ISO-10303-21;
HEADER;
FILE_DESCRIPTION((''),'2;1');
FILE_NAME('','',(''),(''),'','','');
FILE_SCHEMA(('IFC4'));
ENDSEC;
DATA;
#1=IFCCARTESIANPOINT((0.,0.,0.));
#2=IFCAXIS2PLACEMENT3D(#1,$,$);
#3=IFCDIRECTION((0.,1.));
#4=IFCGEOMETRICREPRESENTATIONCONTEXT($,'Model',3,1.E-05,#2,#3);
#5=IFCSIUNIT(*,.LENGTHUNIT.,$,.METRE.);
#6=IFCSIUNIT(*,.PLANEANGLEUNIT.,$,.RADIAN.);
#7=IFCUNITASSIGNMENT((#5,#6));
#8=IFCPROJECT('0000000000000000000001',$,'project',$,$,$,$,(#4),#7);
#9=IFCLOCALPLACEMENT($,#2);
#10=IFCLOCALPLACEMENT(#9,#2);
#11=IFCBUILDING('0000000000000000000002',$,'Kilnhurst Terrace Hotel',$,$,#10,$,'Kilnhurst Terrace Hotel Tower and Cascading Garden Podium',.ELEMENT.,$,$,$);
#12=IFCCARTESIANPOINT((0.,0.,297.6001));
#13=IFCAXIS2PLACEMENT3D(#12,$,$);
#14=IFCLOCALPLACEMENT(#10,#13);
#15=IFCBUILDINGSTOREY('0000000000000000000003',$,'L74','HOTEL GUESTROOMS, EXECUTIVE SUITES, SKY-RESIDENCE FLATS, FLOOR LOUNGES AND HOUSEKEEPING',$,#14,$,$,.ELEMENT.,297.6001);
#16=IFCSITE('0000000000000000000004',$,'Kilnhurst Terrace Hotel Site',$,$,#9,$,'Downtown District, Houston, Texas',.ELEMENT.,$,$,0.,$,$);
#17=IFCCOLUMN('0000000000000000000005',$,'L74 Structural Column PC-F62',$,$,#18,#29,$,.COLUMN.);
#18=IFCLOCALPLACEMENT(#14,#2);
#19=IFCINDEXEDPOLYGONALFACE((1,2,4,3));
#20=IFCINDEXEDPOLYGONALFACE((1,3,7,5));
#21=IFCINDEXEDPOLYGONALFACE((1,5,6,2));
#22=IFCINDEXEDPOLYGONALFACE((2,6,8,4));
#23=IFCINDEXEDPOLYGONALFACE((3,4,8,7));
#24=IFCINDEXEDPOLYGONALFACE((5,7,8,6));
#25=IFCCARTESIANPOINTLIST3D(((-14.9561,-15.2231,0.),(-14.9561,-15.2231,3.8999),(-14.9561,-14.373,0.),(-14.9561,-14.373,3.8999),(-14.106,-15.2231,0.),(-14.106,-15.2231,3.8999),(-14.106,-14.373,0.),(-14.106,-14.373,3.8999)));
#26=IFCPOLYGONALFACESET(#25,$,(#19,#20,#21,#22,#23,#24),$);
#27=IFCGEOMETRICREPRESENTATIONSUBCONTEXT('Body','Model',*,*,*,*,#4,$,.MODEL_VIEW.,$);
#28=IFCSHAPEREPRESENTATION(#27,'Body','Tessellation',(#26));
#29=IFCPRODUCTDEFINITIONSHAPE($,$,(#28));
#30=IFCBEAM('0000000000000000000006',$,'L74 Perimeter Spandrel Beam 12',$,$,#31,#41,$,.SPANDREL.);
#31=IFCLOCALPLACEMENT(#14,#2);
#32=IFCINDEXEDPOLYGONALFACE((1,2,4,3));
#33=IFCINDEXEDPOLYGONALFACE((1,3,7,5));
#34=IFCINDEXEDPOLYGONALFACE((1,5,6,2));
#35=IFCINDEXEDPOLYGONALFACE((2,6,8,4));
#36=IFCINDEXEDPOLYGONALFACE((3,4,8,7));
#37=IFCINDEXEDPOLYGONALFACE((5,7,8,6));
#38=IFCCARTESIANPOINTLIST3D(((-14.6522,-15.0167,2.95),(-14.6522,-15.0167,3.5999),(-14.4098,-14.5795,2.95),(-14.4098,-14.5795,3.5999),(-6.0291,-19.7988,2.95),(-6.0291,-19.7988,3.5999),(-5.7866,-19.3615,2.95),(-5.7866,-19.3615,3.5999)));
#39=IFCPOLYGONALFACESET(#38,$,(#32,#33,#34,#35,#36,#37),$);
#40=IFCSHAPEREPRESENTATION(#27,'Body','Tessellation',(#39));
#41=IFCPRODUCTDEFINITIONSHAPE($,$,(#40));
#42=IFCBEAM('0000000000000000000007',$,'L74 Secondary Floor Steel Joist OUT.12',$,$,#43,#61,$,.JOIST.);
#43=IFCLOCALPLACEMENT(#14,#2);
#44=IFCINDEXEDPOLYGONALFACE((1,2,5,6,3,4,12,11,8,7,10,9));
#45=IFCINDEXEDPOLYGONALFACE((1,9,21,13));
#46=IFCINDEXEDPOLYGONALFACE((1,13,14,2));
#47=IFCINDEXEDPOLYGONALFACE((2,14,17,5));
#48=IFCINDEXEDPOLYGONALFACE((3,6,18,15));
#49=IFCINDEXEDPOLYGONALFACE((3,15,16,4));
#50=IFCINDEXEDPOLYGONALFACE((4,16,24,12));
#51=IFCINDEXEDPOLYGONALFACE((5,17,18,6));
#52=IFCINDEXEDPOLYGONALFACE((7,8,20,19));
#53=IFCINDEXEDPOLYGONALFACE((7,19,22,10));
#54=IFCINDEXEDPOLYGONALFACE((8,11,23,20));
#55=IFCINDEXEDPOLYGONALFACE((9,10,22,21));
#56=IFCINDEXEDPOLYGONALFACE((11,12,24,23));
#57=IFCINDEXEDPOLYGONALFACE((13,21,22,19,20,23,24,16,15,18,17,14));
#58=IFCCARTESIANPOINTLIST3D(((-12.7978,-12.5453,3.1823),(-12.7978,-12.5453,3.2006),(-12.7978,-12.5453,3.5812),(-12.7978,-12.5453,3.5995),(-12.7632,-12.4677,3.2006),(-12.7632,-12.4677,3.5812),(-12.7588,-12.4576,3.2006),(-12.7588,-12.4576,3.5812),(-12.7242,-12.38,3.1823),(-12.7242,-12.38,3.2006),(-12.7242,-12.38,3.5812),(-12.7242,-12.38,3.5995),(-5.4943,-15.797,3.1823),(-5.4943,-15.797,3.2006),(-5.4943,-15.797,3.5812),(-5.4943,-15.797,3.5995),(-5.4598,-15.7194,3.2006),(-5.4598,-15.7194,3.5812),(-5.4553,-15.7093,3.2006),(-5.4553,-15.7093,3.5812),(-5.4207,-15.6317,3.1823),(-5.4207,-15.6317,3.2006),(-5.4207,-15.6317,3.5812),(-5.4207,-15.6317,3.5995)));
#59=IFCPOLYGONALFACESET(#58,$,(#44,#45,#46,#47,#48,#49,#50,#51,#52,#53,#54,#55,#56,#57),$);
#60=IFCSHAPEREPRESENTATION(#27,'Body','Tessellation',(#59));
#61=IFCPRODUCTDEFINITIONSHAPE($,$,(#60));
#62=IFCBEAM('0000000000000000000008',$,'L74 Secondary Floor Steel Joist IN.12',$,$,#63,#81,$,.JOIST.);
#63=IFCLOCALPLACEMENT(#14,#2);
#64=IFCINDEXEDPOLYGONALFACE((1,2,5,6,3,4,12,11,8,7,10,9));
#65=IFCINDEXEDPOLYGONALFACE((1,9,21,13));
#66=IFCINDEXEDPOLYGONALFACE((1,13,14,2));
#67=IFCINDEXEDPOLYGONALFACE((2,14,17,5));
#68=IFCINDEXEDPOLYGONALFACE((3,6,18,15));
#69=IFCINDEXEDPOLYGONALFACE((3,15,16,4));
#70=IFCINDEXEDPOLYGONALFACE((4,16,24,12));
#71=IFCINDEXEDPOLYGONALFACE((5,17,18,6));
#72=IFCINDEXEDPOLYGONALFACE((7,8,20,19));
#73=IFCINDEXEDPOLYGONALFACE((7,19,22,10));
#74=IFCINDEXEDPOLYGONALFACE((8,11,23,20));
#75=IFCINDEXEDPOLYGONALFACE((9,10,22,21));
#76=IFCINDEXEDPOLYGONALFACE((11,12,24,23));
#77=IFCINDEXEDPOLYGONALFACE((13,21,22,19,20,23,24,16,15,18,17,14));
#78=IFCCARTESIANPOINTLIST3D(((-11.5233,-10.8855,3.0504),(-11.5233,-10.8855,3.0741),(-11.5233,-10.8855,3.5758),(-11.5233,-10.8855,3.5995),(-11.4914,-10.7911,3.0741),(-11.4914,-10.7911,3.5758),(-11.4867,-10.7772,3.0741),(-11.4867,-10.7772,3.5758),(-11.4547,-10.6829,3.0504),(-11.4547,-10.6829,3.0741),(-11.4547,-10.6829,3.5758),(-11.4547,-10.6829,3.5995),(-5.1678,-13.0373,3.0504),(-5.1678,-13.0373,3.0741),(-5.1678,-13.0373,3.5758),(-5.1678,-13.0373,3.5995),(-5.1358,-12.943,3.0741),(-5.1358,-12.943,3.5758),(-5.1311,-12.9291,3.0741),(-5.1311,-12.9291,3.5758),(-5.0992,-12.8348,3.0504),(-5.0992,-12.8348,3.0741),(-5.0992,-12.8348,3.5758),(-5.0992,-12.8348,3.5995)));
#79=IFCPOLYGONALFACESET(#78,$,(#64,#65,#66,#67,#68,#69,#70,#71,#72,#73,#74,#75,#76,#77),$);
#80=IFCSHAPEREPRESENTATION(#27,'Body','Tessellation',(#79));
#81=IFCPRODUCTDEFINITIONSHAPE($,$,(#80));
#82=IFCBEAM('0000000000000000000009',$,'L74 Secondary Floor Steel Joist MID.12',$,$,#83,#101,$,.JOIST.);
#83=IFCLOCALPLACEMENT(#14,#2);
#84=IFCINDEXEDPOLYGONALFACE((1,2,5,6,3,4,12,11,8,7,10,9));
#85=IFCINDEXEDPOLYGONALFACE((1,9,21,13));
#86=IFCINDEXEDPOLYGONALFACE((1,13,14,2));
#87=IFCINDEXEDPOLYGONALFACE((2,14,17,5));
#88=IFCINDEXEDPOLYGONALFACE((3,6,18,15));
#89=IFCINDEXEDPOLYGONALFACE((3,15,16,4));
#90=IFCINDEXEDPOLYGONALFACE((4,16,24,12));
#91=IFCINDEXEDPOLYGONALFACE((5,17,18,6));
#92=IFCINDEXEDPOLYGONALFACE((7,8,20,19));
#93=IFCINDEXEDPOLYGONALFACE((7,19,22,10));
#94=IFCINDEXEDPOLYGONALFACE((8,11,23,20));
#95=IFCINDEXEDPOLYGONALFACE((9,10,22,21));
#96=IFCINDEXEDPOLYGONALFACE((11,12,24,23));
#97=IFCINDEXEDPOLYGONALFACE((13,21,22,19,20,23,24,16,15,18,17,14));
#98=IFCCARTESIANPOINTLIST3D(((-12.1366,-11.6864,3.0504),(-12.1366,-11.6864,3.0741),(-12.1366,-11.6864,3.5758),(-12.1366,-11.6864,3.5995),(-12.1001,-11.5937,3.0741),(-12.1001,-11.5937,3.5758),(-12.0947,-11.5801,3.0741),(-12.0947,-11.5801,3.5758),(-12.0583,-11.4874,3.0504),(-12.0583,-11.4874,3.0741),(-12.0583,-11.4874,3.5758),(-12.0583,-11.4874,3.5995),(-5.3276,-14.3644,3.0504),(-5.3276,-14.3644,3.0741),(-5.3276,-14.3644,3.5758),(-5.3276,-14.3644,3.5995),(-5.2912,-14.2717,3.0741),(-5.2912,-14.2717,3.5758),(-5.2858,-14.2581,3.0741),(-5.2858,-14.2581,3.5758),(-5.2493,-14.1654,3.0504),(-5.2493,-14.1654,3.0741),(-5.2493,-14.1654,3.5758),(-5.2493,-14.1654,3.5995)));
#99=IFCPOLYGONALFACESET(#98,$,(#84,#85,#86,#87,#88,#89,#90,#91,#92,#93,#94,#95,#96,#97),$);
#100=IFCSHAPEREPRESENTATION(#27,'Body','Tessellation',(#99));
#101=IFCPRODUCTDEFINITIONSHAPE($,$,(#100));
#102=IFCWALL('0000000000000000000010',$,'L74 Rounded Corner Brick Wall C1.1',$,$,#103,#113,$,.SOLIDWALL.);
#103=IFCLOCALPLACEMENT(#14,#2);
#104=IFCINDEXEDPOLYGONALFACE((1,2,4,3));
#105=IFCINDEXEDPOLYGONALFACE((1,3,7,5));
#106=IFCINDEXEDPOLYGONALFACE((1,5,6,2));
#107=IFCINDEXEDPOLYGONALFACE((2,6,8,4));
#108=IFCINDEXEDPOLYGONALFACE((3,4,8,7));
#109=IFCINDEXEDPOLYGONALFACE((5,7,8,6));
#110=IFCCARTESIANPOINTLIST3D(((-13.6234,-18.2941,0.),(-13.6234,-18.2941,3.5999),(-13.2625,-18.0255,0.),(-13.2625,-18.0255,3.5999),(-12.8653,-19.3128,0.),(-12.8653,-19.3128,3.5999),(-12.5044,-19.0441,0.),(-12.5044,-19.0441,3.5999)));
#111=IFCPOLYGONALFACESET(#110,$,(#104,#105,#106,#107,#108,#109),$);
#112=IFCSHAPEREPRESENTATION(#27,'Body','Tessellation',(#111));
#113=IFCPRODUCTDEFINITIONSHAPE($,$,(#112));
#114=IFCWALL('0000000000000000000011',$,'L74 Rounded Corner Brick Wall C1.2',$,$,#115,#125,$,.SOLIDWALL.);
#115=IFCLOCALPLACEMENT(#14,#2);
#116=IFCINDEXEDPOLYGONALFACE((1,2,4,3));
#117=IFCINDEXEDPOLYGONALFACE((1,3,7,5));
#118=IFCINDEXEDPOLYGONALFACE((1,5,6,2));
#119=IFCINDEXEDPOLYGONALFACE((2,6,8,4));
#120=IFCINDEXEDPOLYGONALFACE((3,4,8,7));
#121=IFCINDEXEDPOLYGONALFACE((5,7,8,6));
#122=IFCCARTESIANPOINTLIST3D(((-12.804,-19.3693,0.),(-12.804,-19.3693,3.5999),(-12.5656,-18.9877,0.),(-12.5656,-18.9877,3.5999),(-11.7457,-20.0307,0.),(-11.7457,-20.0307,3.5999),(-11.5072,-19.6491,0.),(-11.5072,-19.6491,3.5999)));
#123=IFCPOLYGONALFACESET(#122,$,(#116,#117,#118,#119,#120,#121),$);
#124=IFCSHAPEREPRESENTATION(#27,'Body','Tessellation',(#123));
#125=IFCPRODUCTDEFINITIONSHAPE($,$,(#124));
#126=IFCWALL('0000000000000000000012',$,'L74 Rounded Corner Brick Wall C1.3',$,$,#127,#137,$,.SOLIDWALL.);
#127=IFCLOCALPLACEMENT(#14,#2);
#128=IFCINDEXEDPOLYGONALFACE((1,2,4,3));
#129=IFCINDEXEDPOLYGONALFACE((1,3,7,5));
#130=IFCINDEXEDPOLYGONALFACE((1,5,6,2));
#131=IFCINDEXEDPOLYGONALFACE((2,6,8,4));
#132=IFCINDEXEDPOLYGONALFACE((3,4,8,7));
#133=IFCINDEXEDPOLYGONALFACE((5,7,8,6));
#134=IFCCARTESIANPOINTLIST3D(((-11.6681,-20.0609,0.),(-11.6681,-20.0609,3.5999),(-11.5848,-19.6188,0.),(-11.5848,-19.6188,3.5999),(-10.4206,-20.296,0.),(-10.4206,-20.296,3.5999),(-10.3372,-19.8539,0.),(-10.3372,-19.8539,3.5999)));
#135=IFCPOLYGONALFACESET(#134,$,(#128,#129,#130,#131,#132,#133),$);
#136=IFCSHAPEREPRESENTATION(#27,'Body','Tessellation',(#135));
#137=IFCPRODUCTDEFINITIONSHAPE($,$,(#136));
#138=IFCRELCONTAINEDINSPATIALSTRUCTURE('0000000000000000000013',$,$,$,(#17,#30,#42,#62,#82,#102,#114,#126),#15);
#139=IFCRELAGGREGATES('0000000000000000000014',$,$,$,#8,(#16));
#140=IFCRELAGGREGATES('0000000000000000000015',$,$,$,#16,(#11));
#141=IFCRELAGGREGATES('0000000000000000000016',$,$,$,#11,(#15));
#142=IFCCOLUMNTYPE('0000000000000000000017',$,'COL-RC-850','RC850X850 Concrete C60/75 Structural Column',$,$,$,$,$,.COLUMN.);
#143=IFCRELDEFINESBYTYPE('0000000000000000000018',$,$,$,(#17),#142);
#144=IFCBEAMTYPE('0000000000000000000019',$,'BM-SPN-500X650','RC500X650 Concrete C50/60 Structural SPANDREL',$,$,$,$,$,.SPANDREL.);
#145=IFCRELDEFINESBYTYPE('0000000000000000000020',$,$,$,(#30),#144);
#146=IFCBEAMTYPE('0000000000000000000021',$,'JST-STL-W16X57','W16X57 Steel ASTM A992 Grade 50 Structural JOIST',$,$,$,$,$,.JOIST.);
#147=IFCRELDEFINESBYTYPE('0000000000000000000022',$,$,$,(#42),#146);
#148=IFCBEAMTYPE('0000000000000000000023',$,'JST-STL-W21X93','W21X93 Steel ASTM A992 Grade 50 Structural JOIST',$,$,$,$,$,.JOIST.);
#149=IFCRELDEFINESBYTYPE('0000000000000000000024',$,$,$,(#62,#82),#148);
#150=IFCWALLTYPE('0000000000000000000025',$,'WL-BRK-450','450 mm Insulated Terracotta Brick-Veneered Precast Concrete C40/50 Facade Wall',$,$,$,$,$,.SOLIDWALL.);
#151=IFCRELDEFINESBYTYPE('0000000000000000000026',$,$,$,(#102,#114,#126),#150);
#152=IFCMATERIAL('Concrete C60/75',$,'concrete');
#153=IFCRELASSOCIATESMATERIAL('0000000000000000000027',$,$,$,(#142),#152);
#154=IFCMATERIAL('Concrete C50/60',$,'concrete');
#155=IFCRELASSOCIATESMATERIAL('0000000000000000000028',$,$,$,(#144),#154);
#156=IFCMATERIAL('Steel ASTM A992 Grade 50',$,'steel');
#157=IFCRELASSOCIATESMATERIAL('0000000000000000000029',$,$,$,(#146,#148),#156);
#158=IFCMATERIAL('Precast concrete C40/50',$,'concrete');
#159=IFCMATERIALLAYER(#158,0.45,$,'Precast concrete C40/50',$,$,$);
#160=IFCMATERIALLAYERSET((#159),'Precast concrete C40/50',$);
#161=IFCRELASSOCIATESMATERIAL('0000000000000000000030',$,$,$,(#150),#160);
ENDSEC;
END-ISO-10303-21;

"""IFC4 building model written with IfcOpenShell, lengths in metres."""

from ifc_helpers import new_model, si_unit, direction, frame, frame_2d, origin, origin_2d, place, context, subcontext, project, spatial, rectangle, i_section, extrude, material, layer, layer_set, material_profile, profile_set, type_object, element, save


model = new_model("IFC4")

# Units and contexts
model_context = context("Model", 3, precision=1e-05, world=origin(), true_north=direction((0.0, 1.0)))
body_context = subcontext(model_context, "Body", "Model", "MODEL_VIEW")
ifc_project = project(units=[si_unit("LENGTHUNIT", "METRE"), si_unit("PLANEANGLEUNIT", "RADIAN")], contexts=[model_context])

# Site, building, storey
site_placement = place(None, origin())
site = spatial("IfcSite", under=ifc_project, at=site_placement, Name="Kilnhurst Terrace Hotel Site", LongName="Downtown District, Houston, Texas", CompositionType="ELEMENT", RefElevation=0.0)
building_placement = place(site_placement, origin())
building = spatial("IfcBuilding", under=site, at=building_placement, Name="Kilnhurst Terrace Hotel", LongName="Kilnhurst Terrace Hotel Tower and Cascading Garden Podium", CompositionType="ELEMENT")
storey_placement = place(building_placement, frame((0.0, 0.0, 297.6001)))
storey = spatial("IfcBuildingStorey", under=building, at=storey_placement, Name="L74", Description="HOTEL GUESTROOMS, EXECUTIVE SUITES, SKY-RESIDENCE FLATS, FLOOR LOUNGES AND HOUSEKEEPING", CompositionType="ELEMENT", Elevation=297.6001)

# Column
ifc_material_1 = material(Name="Concrete C60/75", Category="concrete")
ifc_material_profile_1 = material_profile(ifc_material_1, rectangle(XDim=0.8501, YDim=0.8501, at=origin_2d()), Name="RC850X850")
ifc_profile_set_1 = profile_set([ifc_material_profile_1], Name="Concrete C60/75")
column_type = type_object("IfcColumnType", Name="COL-RC-850", Description="RC850X850 Concrete C60/75 Structural Column", PredefinedType="COLUMN", material=ifc_profile_set_1)
column_placement = place(storey_placement, frame((-14.531, -14.7981, 0.0), z_axis=(0.0, 0.0, 1.0), x_axis=(1.0, 0.0, 0.0)))
element("IfcColumn", 1, at=column_placement, inside=storey, type_object=column_type, Name="L74 Structural Column PC-F62", PredefinedType="COLUMN", context=body_context, shape_type="SweptSolid", body=[
    extrude(rectangle(XDim=0.8501, YDim=0.8501, at=origin_2d()), origin(), (0.0, 0.0, 1.0), 3.8999),
])

# Beams
ifc_material_2 = material(Name="Concrete C50/60", Category="concrete")
ifc_material_profile_2 = material_profile(ifc_material_2, rectangle(XDim=0.5, YDim=0.6499, at=origin_2d()), Name="RC500X650")
ifc_profile_set_2 = profile_set([ifc_material_profile_2], Name="Concrete C50/60")
beam_type_1 = type_object("IfcBeamType", Name="BM-SPN-500X650", Description="RC500X650 Concrete C50/60 Structural SPANDREL", PredefinedType="SPANDREL", material=ifc_profile_set_2)
beam_1_placement = place(storey_placement, frame((-14.531, -14.7981, 3.2749), z_axis=(0.874527, -0.484976, 0.0), x_axis=(0.484976, 0.874527, 0.0)))
element("IfcBeam", 2, at=beam_1_placement, inside=storey, type_object=beam_type_1, Name="L74 Perimeter Spandrel Beam 12", PredefinedType="SPANDREL", context=body_context, shape_type="SweptSolid", body=[
    extrude(rectangle(XDim=0.5, YDim=0.6499, at=origin_2d()), origin(), (0.0, 0.0, 1.0), 9.8604),
])
ifc_material_3 = material(Name="Steel ASTM A992 Grade 50", Category="steel")
ifc_material_profile_3 = material_profile(ifc_material_3, i_section(OverallWidth=0.1809, OverallDepth=0.4172, WebThickness=0.011, FlangeThickness=0.0183, at=origin_2d()), Name="W16X57")
ifc_profile_set_3 = profile_set([ifc_material_profile_3], Name="Steel ASTM A992 Grade 50")
beam_type_2 = type_object("IfcBeamType", Name="JST-STL-W16X57", Description="W16X57 Steel ASTM A992 Grade 50 Structural JOIST", PredefinedType="JOIST", material=ifc_profile_set_3)
beam_2_placement = place(storey_placement, frame((-12.761, -12.4626, 3.3909), z_axis=(0.913546, -0.406736, 0.0), x_axis=(0.406736, 0.913546, 0.0)))
element("IfcBeam", 3, at=beam_2_placement, inside=storey, type_object=beam_type_2, Name="L74 Secondary Floor Steel Joist OUT.12", PredefinedType="JOIST", context=body_context, shape_type="SweptSolid", body=[
    extrude(i_section(OverallWidth=0.1809, OverallDepth=0.4172, WebThickness=0.011, FlangeThickness=0.0183, at=origin_2d()), origin(), (0.0, 0.0, 1.0), 7.9946),
])
ifc_material_profile_4 = material_profile(ifc_material_3, i_section(OverallWidth=0.2139, OverallDepth=0.5491, WebThickness=0.0146, FlangeThickness=0.0237, at=origin_2d()), Name="W21X93")
ifc_profile_set_4 = profile_set([ifc_material_profile_4], Name="Steel ASTM A992 Grade 50")
beam_type_3 = type_object("IfcBeamType", Name="JST-STL-W21X93", Description="W21X93 Steel ASTM A992 Grade 50 Structural JOIST", PredefinedType="JOIST", material=ifc_profile_set_4)
beam_3_placement = place(storey_placement, frame((-11.489, -10.7842, 3.325), z_axis=(0.947181, -0.3207, 0.0), x_axis=(0.3207, 0.947181, 0.0)))
element("IfcBeam", 4, at=beam_3_placement, inside=storey, type_object=beam_type_3, Name="L74 Secondary Floor Steel Joist IN.12", PredefinedType="JOIST", context=body_context, shape_type="SweptSolid", body=[
    extrude(i_section(OverallWidth=0.2139, OverallDepth=0.5491, WebThickness=0.0146, FlangeThickness=0.0237, at=origin_2d()), origin(), (0.0, 0.0, 1.0), 6.71),
])
beam_4_placement = place(storey_placement, frame((-12.0974, -11.5869, 3.325), z_axis=(0.930608, -0.366017, 0.0), x_axis=(0.366017, 0.930608, 0.0)))
element("IfcBeam", 5, at=beam_4_placement, inside=storey, type_object=beam_type_3, Name="L74 Secondary Floor Steel Joist MID.12", PredefinedType="JOIST", context=body_context, shape_type="SweptSolid", body=[
    extrude(i_section(OverallWidth=0.2139, OverallDepth=0.5491, WebThickness=0.0146, FlangeThickness=0.0237, at=origin_2d()), origin(), (0.0, 0.0, 1.0), 7.3167),
])

# Walls
ifc_material_4 = material(Name="Precast concrete C40/50", Category="concrete")
ifc_layer_1 = layer(ifc_material_4, 0.45, Name="Precast concrete C40/50")
ifc_layer_set_1 = layer_set([ifc_layer_1], Name="Precast concrete C40/50")
wall_type_1 = type_object("IfcWallType", Name="WL-BRK-450", Description="450 mm Insulated Terracotta Brick-Veneered Precast Concrete C40/50 Facade Wall", PredefinedType="SOLIDWALL", material=ifc_layer_set_1)
wall_1_placement = place(storey_placement, frame((-13.4429, -18.1599, 0.0), z_axis=(0.0, 0.0, 1.0), x_axis=(0.597042, -0.80221, 0.0)))
element("IfcWall", 6, at=wall_1_placement, inside=storey, type_object=wall_type_1, Name="L74 Rounded Corner Brick Wall C1.1", PredefinedType="SOLIDWALL", context=body_context, shape_type="SweptSolid", body=[
    extrude(rectangle(XDim=1.2698, YDim=0.45, at=frame_2d((0.6348, 0.0))), origin(), (0.0, 0.0, 1.0), 3.5999),
])
wall_2_placement = place(storey_placement, frame((-12.6848, -19.1785, 0.0), z_axis=(0.0, 0.0, 1.0), x_axis=(0.848031, -0.529946, 0.0)))
element("IfcWall", 7, at=wall_2_placement, inside=storey, type_object=wall_type_1, Name="L74 Rounded Corner Brick Wall C1.2", PredefinedType="SOLIDWALL", context=body_context, shape_type="SweptSolid", body=[
    extrude(rectangle(XDim=1.248, YDim=0.45, at=frame_2d((0.624, 0.0))), origin(), (0.0, 0.0, 1.0), 3.5999),
])
wall_3_placement = place(storey_placement, frame((-11.6265, -19.8398, 0.0), z_axis=(0.0, 0.0, 1.0), x_axis=(0.982702, -0.185194, 0.0)))
element("IfcWall", 8, at=wall_3_placement, inside=storey, type_object=wall_type_1, Name="L74 Rounded Corner Brick Wall C1.3", PredefinedType="SOLIDWALL", context=body_context, shape_type="SweptSolid", body=[
    extrude(rectangle(XDim=1.2695, YDim=0.45, at=frame_2d((0.6348, 0.0))), origin(), (0.0, 0.0, 1.0), 3.5999),
])

save(model, "model.ifc")
